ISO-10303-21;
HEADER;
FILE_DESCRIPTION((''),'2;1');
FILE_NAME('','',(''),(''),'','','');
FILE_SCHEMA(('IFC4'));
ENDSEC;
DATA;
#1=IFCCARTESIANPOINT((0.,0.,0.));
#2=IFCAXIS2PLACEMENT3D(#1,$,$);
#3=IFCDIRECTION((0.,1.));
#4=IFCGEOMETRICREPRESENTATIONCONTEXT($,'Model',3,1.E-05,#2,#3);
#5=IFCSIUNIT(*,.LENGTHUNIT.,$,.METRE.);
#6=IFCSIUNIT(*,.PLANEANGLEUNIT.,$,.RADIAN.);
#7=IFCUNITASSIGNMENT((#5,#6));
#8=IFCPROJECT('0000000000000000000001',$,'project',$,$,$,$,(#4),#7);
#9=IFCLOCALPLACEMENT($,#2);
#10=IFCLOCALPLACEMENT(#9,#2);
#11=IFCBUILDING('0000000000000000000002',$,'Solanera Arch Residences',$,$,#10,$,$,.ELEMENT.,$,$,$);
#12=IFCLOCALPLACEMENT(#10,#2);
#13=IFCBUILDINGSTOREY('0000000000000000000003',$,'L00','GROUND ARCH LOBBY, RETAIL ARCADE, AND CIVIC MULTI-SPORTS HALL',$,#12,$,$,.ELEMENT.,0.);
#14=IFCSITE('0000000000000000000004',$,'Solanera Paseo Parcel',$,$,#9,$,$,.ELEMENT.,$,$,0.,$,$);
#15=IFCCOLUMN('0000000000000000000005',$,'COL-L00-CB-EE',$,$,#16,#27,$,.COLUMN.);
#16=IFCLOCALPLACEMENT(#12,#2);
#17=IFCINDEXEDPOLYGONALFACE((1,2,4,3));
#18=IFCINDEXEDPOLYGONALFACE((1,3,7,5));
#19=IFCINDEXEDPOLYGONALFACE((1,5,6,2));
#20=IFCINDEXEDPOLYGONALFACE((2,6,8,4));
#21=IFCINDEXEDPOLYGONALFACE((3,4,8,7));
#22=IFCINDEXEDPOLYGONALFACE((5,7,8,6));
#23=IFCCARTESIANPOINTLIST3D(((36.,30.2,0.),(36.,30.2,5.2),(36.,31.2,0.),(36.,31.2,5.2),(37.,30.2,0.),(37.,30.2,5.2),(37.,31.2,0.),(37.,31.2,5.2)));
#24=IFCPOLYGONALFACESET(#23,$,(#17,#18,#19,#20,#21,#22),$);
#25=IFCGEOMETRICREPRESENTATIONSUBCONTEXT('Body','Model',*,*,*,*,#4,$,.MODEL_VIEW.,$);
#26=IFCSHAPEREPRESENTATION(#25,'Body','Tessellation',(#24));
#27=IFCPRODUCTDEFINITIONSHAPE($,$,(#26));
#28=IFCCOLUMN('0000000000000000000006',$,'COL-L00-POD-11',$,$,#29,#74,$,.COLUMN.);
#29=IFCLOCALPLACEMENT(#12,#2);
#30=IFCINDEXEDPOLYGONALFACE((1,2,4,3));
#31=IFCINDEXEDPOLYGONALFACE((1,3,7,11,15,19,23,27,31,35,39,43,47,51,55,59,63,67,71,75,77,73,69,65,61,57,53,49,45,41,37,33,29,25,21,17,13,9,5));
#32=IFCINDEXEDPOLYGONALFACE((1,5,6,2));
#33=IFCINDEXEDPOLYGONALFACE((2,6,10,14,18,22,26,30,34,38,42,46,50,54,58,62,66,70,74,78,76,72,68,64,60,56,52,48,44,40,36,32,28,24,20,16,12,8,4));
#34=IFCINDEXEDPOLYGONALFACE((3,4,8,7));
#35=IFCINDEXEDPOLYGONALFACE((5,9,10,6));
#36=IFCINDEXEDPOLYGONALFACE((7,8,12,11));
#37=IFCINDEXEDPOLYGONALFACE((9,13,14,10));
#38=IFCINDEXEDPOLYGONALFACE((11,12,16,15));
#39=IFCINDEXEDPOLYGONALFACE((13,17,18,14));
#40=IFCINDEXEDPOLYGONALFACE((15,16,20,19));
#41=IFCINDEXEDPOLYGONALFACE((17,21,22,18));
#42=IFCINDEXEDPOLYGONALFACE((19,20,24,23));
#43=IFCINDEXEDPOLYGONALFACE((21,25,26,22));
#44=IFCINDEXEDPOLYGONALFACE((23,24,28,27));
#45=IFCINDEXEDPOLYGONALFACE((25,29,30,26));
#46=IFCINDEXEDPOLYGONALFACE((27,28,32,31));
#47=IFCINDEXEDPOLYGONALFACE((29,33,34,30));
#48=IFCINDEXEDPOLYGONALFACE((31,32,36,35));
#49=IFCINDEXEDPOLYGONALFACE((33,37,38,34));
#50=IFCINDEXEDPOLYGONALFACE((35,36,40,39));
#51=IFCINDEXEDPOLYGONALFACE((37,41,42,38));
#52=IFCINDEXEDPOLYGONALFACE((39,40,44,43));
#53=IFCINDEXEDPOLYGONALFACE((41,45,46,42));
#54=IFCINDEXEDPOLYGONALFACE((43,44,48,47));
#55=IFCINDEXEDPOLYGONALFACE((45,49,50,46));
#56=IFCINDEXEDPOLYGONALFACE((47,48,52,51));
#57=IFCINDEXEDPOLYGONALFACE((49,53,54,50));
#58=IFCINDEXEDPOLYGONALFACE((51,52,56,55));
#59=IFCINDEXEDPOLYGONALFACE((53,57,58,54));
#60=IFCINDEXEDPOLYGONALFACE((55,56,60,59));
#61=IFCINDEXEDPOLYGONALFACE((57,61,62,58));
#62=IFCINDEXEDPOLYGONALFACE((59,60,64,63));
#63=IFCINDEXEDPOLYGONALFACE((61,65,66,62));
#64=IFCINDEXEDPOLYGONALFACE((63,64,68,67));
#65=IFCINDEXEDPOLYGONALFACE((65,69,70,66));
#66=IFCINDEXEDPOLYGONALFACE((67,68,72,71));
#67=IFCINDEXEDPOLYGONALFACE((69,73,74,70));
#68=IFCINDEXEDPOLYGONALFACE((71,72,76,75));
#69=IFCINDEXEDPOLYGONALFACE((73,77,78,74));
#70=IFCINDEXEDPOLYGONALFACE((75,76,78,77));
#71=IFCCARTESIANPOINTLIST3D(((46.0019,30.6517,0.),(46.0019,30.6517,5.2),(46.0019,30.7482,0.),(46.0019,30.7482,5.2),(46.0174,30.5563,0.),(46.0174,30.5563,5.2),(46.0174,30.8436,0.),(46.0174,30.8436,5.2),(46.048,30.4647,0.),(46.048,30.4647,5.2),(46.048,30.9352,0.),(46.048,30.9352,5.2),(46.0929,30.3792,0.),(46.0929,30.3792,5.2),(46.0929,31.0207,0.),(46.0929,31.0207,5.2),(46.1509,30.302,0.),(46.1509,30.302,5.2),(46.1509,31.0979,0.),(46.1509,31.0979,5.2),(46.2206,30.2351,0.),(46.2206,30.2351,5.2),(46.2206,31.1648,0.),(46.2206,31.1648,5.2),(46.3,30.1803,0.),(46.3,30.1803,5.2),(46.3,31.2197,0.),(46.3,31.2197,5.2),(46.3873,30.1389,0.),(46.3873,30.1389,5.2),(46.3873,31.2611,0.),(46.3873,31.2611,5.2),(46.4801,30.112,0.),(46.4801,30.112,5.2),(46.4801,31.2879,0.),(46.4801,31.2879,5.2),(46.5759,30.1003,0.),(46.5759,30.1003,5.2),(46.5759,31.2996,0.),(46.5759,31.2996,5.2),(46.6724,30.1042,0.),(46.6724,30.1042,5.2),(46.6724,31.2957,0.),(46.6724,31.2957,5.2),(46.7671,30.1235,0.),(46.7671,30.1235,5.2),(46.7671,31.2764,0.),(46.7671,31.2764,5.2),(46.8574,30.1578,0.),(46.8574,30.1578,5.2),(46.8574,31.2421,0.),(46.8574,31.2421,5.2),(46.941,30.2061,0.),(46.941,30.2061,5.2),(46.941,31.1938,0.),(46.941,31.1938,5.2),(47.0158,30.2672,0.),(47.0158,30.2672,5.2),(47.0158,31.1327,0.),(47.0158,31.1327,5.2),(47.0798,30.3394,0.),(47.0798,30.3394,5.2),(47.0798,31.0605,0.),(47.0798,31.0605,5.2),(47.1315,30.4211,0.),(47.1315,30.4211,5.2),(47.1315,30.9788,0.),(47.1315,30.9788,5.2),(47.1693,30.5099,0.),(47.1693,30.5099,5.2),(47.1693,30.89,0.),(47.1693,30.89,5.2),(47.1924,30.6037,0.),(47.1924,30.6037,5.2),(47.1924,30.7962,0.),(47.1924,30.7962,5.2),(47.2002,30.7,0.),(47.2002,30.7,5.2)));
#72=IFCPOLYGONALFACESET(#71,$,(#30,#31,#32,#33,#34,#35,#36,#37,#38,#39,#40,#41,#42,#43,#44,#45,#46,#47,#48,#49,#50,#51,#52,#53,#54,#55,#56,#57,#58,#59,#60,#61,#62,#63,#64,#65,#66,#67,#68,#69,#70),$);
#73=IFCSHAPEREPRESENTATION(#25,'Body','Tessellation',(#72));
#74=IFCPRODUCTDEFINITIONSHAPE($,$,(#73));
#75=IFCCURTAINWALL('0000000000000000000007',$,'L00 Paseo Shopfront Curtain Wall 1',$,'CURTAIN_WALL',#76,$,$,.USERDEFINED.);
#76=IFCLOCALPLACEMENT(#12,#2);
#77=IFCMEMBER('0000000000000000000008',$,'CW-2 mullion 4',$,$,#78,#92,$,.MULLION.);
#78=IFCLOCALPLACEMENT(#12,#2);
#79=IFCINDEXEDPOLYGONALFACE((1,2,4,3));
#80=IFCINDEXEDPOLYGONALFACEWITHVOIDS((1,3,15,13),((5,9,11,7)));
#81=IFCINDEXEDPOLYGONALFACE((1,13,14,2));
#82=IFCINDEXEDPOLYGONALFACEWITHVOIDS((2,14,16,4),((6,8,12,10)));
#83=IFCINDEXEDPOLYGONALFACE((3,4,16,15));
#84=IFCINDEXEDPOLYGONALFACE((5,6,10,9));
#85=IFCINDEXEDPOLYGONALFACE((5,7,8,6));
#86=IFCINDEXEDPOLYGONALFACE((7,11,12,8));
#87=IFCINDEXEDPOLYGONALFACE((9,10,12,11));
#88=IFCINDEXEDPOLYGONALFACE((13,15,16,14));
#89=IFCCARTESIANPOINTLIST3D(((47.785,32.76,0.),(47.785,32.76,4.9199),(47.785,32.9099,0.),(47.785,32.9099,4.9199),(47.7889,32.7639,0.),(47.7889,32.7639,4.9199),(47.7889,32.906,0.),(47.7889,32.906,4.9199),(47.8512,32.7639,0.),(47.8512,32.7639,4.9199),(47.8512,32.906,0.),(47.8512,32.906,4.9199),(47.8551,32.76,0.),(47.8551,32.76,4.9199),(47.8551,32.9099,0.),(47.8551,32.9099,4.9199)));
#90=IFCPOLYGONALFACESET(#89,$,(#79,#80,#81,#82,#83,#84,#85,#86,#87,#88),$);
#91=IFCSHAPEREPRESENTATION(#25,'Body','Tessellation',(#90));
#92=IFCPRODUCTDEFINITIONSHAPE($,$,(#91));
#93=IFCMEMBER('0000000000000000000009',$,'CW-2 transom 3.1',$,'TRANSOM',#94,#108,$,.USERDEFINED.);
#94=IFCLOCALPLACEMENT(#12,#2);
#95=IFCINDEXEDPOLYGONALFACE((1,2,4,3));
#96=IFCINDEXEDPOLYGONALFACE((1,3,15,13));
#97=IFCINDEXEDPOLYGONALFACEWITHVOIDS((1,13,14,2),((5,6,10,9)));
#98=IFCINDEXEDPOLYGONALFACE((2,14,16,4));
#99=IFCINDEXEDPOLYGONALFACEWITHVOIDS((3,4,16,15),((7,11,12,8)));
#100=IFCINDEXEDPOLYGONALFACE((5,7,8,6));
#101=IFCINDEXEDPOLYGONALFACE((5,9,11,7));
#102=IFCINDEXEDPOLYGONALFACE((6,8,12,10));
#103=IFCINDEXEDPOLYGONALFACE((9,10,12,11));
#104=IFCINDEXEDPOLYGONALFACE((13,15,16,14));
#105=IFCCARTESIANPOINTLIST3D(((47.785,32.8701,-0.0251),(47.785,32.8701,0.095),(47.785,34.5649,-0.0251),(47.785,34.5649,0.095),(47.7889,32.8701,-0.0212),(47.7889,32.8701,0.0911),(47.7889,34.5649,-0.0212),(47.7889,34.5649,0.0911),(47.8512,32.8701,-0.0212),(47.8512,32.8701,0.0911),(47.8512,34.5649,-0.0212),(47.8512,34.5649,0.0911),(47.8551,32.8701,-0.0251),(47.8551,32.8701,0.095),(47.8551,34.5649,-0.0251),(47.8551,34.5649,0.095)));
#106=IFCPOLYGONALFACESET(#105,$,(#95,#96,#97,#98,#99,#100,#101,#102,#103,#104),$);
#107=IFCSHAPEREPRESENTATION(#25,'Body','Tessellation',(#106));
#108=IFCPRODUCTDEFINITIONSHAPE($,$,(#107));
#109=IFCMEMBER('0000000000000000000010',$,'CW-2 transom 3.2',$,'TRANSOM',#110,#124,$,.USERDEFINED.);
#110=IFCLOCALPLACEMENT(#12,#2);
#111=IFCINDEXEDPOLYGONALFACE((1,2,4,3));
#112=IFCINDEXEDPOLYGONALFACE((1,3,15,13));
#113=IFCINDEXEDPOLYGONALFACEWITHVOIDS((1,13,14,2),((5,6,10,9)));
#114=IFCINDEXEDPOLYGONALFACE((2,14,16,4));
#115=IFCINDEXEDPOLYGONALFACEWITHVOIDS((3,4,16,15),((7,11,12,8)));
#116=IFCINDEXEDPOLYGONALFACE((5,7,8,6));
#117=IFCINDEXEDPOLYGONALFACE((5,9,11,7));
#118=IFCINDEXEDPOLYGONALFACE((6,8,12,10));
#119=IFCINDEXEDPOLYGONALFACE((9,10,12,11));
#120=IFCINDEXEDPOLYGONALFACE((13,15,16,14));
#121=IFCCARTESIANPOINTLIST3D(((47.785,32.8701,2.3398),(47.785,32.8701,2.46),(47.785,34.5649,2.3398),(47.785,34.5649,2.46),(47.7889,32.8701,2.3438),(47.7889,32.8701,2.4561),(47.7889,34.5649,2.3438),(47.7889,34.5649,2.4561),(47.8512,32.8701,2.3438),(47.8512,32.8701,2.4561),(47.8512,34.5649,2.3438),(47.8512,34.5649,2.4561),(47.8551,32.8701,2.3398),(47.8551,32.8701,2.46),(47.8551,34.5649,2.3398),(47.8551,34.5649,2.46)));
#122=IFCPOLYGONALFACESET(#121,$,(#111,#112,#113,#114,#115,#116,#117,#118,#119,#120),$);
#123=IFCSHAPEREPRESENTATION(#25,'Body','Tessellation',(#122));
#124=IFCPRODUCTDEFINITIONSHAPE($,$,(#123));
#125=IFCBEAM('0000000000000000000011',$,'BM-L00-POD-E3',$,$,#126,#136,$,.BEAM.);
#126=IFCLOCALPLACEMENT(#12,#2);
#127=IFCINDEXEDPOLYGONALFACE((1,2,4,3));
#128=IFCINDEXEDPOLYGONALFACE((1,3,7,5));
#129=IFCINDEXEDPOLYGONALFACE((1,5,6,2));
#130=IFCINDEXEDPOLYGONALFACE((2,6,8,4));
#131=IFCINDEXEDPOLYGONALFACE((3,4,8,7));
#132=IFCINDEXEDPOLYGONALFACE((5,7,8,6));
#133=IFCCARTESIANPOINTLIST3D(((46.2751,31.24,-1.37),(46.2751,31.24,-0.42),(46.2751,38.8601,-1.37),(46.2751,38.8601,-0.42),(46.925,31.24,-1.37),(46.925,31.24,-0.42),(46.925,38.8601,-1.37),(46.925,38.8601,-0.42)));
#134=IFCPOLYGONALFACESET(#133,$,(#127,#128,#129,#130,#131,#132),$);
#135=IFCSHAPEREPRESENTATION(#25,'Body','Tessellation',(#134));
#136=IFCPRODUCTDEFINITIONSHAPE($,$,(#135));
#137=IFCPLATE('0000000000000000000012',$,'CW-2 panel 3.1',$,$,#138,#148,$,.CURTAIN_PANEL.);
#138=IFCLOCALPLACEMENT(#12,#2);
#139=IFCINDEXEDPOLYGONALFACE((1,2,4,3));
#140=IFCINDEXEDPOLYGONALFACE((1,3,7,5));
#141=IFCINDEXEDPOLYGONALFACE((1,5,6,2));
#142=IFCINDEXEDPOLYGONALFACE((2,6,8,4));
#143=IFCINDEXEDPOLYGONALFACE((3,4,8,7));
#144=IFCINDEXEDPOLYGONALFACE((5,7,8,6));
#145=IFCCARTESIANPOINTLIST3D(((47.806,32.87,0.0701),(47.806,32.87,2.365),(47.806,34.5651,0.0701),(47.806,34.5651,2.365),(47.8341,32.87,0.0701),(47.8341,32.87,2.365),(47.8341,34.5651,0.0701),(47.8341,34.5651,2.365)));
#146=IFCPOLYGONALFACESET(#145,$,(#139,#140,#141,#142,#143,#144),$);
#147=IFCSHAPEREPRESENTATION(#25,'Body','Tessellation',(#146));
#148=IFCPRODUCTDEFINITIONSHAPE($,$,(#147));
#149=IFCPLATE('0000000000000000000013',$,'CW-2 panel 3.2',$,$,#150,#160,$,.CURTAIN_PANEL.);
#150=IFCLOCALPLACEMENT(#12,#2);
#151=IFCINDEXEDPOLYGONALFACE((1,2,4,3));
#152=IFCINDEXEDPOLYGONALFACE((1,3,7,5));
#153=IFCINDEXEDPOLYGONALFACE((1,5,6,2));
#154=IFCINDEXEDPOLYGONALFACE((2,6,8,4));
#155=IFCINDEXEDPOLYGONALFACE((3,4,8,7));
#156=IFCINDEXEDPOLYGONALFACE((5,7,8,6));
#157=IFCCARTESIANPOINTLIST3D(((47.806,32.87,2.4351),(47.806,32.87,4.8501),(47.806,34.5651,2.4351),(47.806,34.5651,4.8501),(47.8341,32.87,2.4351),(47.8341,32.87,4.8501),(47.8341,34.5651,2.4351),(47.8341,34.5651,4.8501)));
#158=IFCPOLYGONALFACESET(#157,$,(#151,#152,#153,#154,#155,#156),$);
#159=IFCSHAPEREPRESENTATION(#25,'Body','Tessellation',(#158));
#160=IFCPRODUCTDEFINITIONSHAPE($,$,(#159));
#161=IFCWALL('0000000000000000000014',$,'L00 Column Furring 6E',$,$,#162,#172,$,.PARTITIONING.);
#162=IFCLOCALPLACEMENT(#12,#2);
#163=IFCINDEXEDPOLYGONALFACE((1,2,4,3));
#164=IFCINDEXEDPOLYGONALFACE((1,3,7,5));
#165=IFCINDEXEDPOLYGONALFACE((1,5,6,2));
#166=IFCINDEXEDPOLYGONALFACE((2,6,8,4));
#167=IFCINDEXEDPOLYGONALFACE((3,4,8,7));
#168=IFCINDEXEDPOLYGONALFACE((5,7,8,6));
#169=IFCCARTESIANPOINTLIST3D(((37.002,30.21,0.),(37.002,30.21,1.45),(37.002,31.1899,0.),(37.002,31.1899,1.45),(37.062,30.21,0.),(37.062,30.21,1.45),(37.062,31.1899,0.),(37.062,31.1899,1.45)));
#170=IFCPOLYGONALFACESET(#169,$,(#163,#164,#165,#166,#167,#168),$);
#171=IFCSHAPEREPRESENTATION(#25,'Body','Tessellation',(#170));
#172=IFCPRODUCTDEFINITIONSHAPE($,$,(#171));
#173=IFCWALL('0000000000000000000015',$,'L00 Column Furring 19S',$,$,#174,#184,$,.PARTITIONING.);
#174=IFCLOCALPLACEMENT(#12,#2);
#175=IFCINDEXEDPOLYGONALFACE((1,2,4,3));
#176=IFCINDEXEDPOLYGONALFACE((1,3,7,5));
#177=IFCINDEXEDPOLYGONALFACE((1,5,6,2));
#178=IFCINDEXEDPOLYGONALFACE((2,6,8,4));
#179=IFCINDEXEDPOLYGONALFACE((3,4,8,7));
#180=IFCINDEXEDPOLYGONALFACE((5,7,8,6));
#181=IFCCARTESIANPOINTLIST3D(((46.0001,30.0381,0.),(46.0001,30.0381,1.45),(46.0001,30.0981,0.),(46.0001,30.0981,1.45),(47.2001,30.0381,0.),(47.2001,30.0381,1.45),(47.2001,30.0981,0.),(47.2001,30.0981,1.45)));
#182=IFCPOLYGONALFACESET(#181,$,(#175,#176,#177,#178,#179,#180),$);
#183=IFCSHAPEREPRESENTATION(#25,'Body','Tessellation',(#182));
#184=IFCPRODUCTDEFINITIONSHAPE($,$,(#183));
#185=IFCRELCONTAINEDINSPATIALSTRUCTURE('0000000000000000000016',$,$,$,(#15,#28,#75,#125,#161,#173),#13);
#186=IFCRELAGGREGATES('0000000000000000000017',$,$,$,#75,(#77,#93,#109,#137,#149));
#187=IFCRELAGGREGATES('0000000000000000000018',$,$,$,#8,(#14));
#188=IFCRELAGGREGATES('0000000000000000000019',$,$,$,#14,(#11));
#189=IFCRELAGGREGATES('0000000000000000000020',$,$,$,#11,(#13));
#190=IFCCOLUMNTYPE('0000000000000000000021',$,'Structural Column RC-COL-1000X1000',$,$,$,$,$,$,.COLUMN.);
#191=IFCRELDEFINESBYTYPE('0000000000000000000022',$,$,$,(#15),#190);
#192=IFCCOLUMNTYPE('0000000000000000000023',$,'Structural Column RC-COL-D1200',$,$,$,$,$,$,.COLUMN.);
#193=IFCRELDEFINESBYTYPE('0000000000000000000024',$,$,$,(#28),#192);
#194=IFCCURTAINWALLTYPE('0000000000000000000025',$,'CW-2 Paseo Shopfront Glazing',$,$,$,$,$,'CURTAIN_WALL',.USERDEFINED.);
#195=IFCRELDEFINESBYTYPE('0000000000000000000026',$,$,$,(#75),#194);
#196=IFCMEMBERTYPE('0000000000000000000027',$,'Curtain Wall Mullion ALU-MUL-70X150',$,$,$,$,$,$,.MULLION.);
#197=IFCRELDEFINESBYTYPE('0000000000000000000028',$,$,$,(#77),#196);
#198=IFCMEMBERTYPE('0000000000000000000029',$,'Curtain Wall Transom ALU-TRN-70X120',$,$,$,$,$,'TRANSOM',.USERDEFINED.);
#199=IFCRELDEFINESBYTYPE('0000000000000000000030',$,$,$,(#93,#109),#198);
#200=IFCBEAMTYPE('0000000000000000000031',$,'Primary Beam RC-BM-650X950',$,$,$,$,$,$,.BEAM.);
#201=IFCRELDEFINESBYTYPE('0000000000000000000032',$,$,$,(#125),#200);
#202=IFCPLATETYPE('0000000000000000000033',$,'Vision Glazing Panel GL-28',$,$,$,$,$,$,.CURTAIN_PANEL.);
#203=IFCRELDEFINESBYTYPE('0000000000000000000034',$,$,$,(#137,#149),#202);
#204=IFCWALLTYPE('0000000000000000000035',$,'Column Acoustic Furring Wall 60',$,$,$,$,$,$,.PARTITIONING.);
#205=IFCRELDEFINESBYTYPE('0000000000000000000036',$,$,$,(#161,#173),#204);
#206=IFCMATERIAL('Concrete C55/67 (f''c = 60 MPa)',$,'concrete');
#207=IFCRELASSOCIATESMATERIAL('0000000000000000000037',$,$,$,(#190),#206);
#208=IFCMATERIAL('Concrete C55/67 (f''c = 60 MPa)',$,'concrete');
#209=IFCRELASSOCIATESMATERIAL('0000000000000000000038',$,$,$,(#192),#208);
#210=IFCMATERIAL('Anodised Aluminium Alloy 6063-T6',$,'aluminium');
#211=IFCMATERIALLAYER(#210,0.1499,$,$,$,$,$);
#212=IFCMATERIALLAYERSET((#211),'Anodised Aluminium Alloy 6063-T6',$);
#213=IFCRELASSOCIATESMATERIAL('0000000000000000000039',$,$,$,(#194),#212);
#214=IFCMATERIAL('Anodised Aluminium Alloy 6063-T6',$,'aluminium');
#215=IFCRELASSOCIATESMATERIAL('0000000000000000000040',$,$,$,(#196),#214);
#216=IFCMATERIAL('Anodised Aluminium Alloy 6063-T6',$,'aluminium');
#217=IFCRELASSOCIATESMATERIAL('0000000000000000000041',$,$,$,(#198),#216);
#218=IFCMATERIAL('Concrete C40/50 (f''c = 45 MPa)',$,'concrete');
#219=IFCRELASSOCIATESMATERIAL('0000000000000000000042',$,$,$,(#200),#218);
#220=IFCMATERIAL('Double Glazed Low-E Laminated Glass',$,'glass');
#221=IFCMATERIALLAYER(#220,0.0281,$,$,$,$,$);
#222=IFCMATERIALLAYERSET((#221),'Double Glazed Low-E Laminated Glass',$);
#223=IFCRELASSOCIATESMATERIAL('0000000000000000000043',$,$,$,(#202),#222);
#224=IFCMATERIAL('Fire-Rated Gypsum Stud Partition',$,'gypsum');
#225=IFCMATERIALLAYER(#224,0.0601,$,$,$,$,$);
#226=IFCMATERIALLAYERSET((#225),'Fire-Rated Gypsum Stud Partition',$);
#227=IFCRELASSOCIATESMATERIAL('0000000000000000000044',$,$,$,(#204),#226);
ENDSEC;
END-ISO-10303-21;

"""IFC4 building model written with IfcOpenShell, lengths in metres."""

from ifc_helpers import new_model, si_unit, direction, frame, frame_2d, origin, origin_2d, place, context, subcontext, project, spatial, rectangle, hollow_rectangle, circle, extrude, material, layer, layer_set, material_profile, profile_set, type_object, element, aggregate, save


model = new_model("IFC4")

# Units and contexts
model_context = context("Model", 3, precision=1e-05, world=origin(), true_north=direction((0.0, 1.0)))
body_context = subcontext(model_context, "Body", "Model", "MODEL_VIEW")
ifc_project = project(units=[si_unit("LENGTHUNIT", "METRE"), si_unit("PLANEANGLEUNIT", "RADIAN")], contexts=[model_context])

# Site, building, storey
site_placement = place(None, origin())
site = spatial("IfcSite", under=ifc_project, at=site_placement, Name="Solanera Paseo Parcel", CompositionType="ELEMENT", RefElevation=0.0)
building_placement = place(site_placement, origin())
building = spatial("IfcBuilding", under=site, at=building_placement, Name="Solanera Arch Residences", CompositionType="ELEMENT")
storey_placement = place(building_placement, origin())
storey = spatial("IfcBuildingStorey", under=building, at=storey_placement, Name="L00", Description="GROUND ARCH LOBBY, RETAIL ARCADE, AND CIVIC MULTI-SPORTS HALL", CompositionType="ELEMENT", Elevation=0.0)

# Columns
ifc_material_1 = material(Name="Concrete C55/67 (f'c = 60 MPa)", Category="concrete")
ifc_material_profile_1 = material_profile(ifc_material_1, rectangle(XDim=1.0, YDim=1.0, at=origin_2d()))
ifc_profile_set_1 = profile_set([ifc_material_profile_1], Name="Concrete C55/67 (f'c = 60 MPa)")
column_type_1 = type_object("IfcColumnType", Name="Structural Column RC-COL-1000X1000", PredefinedType="COLUMN", material=ifc_profile_set_1)
column_1_placement = place(storey_placement, frame((36.5, 30.7, 0.0), z_axis=(0.0, 0.0, 1.0), x_axis=(1.0, 0.0, 0.0)))
element("IfcColumn", 1, at=column_1_placement, inside=storey, type_object=column_type_1, Name="COL-L00-CB-EE", PredefinedType="COLUMN", context=body_context, shape_type="SweptSolid", body=[
    extrude(rectangle(XDim=1.0, YDim=1.0, at=origin_2d()), origin(), (0.0, 0.0, 1.0), 5.2),
])
ifc_material_2 = material(Name="Concrete C55/67 (f'c = 60 MPa)", Category="concrete")
ifc_material_profile_2 = material_profile(ifc_material_2, circle(Radius=0.6001, at=origin_2d()))
ifc_profile_set_2 = profile_set([ifc_material_profile_2], Name="Concrete C55/67 (f'c = 60 MPa)")
column_type_2 = type_object("IfcColumnType", Name="Structural Column RC-COL-D1200", PredefinedType="COLUMN", material=ifc_profile_set_2)
column_2_placement = place(storey_placement, frame((46.6001, 30.7, 0.0), z_axis=(0.0, 0.0, 1.0), x_axis=(1.0, 0.0, 0.0)))
element("IfcColumn", 2, at=column_2_placement, inside=storey, type_object=column_type_2, Name="COL-L00-POD-11", PredefinedType="COLUMN", context=body_context, shape_type="SweptSolid", body=[
    extrude(circle(Radius=0.6001, at=origin_2d()), origin(), (0.0, 0.0, 1.0), 5.2),
])

# Curtain wall, members
ifc_material_3 = material(Name="Anodised Aluminium Alloy 6063-T6", Category="aluminium")
ifc_layer_1 = layer(ifc_material_3, 0.1499)
ifc_layer_set_1 = layer_set([ifc_layer_1], Name="Anodised Aluminium Alloy 6063-T6")
curtain_wall_type = type_object("IfcCurtainWallType", Name="CW-2 Paseo Shopfront Glazing", ElementType="CURTAIN_WALL", PredefinedType="USERDEFINED", material=ifc_layer_set_1)
curtain_wall_placement = place(storey_placement, origin())
curtain_wall = element("IfcCurtainWall", 3, at=curtain_wall_placement, inside=storey, type_object=curtain_wall_type, Name="L00 Paseo Shopfront Curtain Wall 1", ObjectType="CURTAIN_WALL", PredefinedType="USERDEFINED")
ifc_material_4 = material(Name="Anodised Aluminium Alloy 6063-T6", Category="aluminium")
ifc_material_profile_3 = material_profile(ifc_material_4, hollow_rectangle(XDim=0.0701, YDim=0.1499, WallThickness=0.0039, at=origin_2d()))
ifc_profile_set_3 = profile_set([ifc_material_profile_3], Name="Anodised Aluminium Alloy 6063-T6")
member_type_1 = type_object("IfcMemberType", Name="Curtain Wall Mullion ALU-MUL-70X150", PredefinedType="MULLION", material=ifc_profile_set_3)
member_1_placement = place(storey_placement, frame((47.8201, 32.835, 0.0), z_axis=(0.0, 0.0, 1.0), x_axis=(1.0, 0.0, 0.0)))
member_1 = element("IfcMember", 4, at=member_1_placement, type_object=member_type_1, Name="CW-2 mullion 4", PredefinedType="MULLION", context=body_context, shape_type="SweptSolid", body=[
    extrude(hollow_rectangle(XDim=0.0701, YDim=0.1499, WallThickness=0.0039, at=origin_2d()), origin(), (0.0, 0.0, 1.0), 4.9199),
])
ifc_material_5 = material(Name="Anodised Aluminium Alloy 6063-T6", Category="aluminium")
ifc_material_profile_4 = material_profile(ifc_material_5, hollow_rectangle(XDim=0.0701, YDim=0.1201, WallThickness=0.0039, at=origin_2d()))
ifc_profile_set_4 = profile_set([ifc_material_profile_4], Name="Anodised Aluminium Alloy 6063-T6")
member_type_2 = type_object("IfcMemberType", Name="Curtain Wall Transom ALU-TRN-70X120", ElementType="TRANSOM", PredefinedType="USERDEFINED", material=ifc_profile_set_4)
member_2_placement = place(storey_placement, frame((47.8201, 34.5649, 0.0349), z_axis=(0.0, -1.0, 0.0), x_axis=(1.0, 0.0, 0.0)))
member_2 = element("IfcMember", 5, at=member_2_placement, type_object=member_type_2, Name="CW-2 transom 3.1", ObjectType="TRANSOM", PredefinedType="USERDEFINED", context=body_context, shape_type="SweptSolid", body=[
    extrude(hollow_rectangle(XDim=0.0701, YDim=0.1201, WallThickness=0.0039, at=origin_2d()), origin(), (0.0, 0.0, 1.0), 1.6948),
])
member_3_placement = place(storey_placement, frame((47.8201, 34.5649, 2.3999), z_axis=(0.0, -1.0, 0.0), x_axis=(1.0, 0.0, 0.0)))
member_3 = element("IfcMember", 6, at=member_3_placement, type_object=member_type_2, Name="CW-2 transom 3.2", ObjectType="TRANSOM", PredefinedType="USERDEFINED", context=body_context, shape_type="SweptSolid", body=[
    extrude(hollow_rectangle(XDim=0.0701, YDim=0.1201, WallThickness=0.0039, at=origin_2d()), origin(), (0.0, 0.0, 1.0), 1.6948),
])

# Beam
ifc_material_6 = material(Name="Concrete C40/50 (f'c = 45 MPa)", Category="concrete")
ifc_material_profile_5 = material_profile(ifc_material_6, rectangle(XDim=0.6499, YDim=0.95, at=origin_2d()))
ifc_profile_set_5 = profile_set([ifc_material_profile_5], Name="Concrete C40/50 (f'c = 45 MPa)")
beam_type = type_object("IfcBeamType", Name="Primary Beam RC-BM-650X950", PredefinedType="BEAM", material=ifc_profile_set_5)
beam_placement = place(storey_placement, frame((46.6001, 31.24, -0.895), z_axis=(0.0, 1.0, 0.0), x_axis=(-1.0, 0.0, 0.0)))
element("IfcBeam", 7, at=beam_placement, inside=storey, type_object=beam_type, Name="BM-L00-POD-E3", PredefinedType="BEAM", context=body_context, shape_type="SweptSolid", body=[
    extrude(rectangle(XDim=0.6499, YDim=0.95, at=origin_2d()), origin(), (0.0, 0.0, 1.0), 7.6201),
])

# Plates
ifc_material_7 = material(Name="Double Glazed Low-E Laminated Glass", Category="glass")
ifc_layer_2 = layer(ifc_material_7, 0.0281)
ifc_layer_set_2 = layer_set([ifc_layer_2], Name="Double Glazed Low-E Laminated Glass")
plate_type = type_object("IfcPlateType", Name="Vision Glazing Panel GL-28", PredefinedType="CURTAIN_PANEL", material=ifc_layer_set_2)
plate_1_placement = place(storey_placement, frame((47.8201, 33.7175, 0.0701), z_axis=(0.0, 0.0, 1.0), x_axis=(0.0, -1.0, 0.0)))
plate_1 = element("IfcPlate", 8, at=plate_1_placement, type_object=plate_type, Name="CW-2 panel 3.1", PredefinedType="CURTAIN_PANEL", context=body_context, shape_type="SweptSolid", body=[
    extrude(rectangle(XDim=1.6951, YDim=0.0281, at=origin_2d()), origin(), (0.0, 0.0, 1.0), 2.2949),
])
plate_2_placement = place(storey_placement, frame((47.8201, 33.7175, 2.4351), z_axis=(0.0, 0.0, 1.0), x_axis=(0.0, -1.0, 0.0)))
plate_2 = element("IfcPlate", 9, at=plate_2_placement, type_object=plate_type, Name="CW-2 panel 3.2", PredefinedType="CURTAIN_PANEL", context=body_context, shape_type="SweptSolid", body=[
    extrude(rectangle(XDim=1.6951, YDim=0.0281, at=origin_2d()), origin(), (0.0, 0.0, 1.0), 2.415),
])
aggregate(curtain_wall, [member_1, member_2, member_3, plate_1, plate_2])

# Walls
ifc_material_8 = material(Name="Fire-Rated Gypsum Stud Partition", Category="gypsum")
ifc_layer_3 = layer(ifc_material_8, 0.0601)
ifc_layer_set_3 = layer_set([ifc_layer_3], Name="Fire-Rated Gypsum Stud Partition")
wall_type_1 = type_object("IfcWallType", Name="Column Acoustic Furring Wall 60", PredefinedType="PARTITIONING", material=ifc_layer_set_3)
wall_1_placement = place(storey_placement, frame((37.032, 30.21, 0.0), z_axis=(0.0, 0.0, 1.0), x_axis=(0.0, 1.0, 0.0)))
element("IfcWall", 10, at=wall_1_placement, inside=storey, type_object=wall_type_1, Name="L00 Column Furring 6E", PredefinedType="PARTITIONING", context=body_context, shape_type="SweptSolid", body=[
    extrude(rectangle(XDim=0.98, YDim=0.0601, at=frame_2d((0.49, 0.0))), origin(), (0.0, 0.0, 1.0), 1.45),
])
for number, where, z_axis, x_axis, name in (
    (11, (46.0, 30.0681, 0.0), (0.0, 0.0, 1.0), (1.0, 0.0, 0.0), "L00 Column Furring 19S"),
):
    element("IfcWall", number, at=place(storey_placement, frame(where, z_axis=z_axis, x_axis=x_axis)), inside=storey, type_object=wall_type_1, Name=name, PredefinedType="PARTITIONING", context=body_context, shape_type="SweptSolid", body=[
        extrude(rectangle(XDim=1.2, YDim=0.0601, at=frame_2d((0.6001, 0.0))), origin(), (0.0, 0.0, 1.0), 1.45),
    ])

save(model, "model.ifc")
